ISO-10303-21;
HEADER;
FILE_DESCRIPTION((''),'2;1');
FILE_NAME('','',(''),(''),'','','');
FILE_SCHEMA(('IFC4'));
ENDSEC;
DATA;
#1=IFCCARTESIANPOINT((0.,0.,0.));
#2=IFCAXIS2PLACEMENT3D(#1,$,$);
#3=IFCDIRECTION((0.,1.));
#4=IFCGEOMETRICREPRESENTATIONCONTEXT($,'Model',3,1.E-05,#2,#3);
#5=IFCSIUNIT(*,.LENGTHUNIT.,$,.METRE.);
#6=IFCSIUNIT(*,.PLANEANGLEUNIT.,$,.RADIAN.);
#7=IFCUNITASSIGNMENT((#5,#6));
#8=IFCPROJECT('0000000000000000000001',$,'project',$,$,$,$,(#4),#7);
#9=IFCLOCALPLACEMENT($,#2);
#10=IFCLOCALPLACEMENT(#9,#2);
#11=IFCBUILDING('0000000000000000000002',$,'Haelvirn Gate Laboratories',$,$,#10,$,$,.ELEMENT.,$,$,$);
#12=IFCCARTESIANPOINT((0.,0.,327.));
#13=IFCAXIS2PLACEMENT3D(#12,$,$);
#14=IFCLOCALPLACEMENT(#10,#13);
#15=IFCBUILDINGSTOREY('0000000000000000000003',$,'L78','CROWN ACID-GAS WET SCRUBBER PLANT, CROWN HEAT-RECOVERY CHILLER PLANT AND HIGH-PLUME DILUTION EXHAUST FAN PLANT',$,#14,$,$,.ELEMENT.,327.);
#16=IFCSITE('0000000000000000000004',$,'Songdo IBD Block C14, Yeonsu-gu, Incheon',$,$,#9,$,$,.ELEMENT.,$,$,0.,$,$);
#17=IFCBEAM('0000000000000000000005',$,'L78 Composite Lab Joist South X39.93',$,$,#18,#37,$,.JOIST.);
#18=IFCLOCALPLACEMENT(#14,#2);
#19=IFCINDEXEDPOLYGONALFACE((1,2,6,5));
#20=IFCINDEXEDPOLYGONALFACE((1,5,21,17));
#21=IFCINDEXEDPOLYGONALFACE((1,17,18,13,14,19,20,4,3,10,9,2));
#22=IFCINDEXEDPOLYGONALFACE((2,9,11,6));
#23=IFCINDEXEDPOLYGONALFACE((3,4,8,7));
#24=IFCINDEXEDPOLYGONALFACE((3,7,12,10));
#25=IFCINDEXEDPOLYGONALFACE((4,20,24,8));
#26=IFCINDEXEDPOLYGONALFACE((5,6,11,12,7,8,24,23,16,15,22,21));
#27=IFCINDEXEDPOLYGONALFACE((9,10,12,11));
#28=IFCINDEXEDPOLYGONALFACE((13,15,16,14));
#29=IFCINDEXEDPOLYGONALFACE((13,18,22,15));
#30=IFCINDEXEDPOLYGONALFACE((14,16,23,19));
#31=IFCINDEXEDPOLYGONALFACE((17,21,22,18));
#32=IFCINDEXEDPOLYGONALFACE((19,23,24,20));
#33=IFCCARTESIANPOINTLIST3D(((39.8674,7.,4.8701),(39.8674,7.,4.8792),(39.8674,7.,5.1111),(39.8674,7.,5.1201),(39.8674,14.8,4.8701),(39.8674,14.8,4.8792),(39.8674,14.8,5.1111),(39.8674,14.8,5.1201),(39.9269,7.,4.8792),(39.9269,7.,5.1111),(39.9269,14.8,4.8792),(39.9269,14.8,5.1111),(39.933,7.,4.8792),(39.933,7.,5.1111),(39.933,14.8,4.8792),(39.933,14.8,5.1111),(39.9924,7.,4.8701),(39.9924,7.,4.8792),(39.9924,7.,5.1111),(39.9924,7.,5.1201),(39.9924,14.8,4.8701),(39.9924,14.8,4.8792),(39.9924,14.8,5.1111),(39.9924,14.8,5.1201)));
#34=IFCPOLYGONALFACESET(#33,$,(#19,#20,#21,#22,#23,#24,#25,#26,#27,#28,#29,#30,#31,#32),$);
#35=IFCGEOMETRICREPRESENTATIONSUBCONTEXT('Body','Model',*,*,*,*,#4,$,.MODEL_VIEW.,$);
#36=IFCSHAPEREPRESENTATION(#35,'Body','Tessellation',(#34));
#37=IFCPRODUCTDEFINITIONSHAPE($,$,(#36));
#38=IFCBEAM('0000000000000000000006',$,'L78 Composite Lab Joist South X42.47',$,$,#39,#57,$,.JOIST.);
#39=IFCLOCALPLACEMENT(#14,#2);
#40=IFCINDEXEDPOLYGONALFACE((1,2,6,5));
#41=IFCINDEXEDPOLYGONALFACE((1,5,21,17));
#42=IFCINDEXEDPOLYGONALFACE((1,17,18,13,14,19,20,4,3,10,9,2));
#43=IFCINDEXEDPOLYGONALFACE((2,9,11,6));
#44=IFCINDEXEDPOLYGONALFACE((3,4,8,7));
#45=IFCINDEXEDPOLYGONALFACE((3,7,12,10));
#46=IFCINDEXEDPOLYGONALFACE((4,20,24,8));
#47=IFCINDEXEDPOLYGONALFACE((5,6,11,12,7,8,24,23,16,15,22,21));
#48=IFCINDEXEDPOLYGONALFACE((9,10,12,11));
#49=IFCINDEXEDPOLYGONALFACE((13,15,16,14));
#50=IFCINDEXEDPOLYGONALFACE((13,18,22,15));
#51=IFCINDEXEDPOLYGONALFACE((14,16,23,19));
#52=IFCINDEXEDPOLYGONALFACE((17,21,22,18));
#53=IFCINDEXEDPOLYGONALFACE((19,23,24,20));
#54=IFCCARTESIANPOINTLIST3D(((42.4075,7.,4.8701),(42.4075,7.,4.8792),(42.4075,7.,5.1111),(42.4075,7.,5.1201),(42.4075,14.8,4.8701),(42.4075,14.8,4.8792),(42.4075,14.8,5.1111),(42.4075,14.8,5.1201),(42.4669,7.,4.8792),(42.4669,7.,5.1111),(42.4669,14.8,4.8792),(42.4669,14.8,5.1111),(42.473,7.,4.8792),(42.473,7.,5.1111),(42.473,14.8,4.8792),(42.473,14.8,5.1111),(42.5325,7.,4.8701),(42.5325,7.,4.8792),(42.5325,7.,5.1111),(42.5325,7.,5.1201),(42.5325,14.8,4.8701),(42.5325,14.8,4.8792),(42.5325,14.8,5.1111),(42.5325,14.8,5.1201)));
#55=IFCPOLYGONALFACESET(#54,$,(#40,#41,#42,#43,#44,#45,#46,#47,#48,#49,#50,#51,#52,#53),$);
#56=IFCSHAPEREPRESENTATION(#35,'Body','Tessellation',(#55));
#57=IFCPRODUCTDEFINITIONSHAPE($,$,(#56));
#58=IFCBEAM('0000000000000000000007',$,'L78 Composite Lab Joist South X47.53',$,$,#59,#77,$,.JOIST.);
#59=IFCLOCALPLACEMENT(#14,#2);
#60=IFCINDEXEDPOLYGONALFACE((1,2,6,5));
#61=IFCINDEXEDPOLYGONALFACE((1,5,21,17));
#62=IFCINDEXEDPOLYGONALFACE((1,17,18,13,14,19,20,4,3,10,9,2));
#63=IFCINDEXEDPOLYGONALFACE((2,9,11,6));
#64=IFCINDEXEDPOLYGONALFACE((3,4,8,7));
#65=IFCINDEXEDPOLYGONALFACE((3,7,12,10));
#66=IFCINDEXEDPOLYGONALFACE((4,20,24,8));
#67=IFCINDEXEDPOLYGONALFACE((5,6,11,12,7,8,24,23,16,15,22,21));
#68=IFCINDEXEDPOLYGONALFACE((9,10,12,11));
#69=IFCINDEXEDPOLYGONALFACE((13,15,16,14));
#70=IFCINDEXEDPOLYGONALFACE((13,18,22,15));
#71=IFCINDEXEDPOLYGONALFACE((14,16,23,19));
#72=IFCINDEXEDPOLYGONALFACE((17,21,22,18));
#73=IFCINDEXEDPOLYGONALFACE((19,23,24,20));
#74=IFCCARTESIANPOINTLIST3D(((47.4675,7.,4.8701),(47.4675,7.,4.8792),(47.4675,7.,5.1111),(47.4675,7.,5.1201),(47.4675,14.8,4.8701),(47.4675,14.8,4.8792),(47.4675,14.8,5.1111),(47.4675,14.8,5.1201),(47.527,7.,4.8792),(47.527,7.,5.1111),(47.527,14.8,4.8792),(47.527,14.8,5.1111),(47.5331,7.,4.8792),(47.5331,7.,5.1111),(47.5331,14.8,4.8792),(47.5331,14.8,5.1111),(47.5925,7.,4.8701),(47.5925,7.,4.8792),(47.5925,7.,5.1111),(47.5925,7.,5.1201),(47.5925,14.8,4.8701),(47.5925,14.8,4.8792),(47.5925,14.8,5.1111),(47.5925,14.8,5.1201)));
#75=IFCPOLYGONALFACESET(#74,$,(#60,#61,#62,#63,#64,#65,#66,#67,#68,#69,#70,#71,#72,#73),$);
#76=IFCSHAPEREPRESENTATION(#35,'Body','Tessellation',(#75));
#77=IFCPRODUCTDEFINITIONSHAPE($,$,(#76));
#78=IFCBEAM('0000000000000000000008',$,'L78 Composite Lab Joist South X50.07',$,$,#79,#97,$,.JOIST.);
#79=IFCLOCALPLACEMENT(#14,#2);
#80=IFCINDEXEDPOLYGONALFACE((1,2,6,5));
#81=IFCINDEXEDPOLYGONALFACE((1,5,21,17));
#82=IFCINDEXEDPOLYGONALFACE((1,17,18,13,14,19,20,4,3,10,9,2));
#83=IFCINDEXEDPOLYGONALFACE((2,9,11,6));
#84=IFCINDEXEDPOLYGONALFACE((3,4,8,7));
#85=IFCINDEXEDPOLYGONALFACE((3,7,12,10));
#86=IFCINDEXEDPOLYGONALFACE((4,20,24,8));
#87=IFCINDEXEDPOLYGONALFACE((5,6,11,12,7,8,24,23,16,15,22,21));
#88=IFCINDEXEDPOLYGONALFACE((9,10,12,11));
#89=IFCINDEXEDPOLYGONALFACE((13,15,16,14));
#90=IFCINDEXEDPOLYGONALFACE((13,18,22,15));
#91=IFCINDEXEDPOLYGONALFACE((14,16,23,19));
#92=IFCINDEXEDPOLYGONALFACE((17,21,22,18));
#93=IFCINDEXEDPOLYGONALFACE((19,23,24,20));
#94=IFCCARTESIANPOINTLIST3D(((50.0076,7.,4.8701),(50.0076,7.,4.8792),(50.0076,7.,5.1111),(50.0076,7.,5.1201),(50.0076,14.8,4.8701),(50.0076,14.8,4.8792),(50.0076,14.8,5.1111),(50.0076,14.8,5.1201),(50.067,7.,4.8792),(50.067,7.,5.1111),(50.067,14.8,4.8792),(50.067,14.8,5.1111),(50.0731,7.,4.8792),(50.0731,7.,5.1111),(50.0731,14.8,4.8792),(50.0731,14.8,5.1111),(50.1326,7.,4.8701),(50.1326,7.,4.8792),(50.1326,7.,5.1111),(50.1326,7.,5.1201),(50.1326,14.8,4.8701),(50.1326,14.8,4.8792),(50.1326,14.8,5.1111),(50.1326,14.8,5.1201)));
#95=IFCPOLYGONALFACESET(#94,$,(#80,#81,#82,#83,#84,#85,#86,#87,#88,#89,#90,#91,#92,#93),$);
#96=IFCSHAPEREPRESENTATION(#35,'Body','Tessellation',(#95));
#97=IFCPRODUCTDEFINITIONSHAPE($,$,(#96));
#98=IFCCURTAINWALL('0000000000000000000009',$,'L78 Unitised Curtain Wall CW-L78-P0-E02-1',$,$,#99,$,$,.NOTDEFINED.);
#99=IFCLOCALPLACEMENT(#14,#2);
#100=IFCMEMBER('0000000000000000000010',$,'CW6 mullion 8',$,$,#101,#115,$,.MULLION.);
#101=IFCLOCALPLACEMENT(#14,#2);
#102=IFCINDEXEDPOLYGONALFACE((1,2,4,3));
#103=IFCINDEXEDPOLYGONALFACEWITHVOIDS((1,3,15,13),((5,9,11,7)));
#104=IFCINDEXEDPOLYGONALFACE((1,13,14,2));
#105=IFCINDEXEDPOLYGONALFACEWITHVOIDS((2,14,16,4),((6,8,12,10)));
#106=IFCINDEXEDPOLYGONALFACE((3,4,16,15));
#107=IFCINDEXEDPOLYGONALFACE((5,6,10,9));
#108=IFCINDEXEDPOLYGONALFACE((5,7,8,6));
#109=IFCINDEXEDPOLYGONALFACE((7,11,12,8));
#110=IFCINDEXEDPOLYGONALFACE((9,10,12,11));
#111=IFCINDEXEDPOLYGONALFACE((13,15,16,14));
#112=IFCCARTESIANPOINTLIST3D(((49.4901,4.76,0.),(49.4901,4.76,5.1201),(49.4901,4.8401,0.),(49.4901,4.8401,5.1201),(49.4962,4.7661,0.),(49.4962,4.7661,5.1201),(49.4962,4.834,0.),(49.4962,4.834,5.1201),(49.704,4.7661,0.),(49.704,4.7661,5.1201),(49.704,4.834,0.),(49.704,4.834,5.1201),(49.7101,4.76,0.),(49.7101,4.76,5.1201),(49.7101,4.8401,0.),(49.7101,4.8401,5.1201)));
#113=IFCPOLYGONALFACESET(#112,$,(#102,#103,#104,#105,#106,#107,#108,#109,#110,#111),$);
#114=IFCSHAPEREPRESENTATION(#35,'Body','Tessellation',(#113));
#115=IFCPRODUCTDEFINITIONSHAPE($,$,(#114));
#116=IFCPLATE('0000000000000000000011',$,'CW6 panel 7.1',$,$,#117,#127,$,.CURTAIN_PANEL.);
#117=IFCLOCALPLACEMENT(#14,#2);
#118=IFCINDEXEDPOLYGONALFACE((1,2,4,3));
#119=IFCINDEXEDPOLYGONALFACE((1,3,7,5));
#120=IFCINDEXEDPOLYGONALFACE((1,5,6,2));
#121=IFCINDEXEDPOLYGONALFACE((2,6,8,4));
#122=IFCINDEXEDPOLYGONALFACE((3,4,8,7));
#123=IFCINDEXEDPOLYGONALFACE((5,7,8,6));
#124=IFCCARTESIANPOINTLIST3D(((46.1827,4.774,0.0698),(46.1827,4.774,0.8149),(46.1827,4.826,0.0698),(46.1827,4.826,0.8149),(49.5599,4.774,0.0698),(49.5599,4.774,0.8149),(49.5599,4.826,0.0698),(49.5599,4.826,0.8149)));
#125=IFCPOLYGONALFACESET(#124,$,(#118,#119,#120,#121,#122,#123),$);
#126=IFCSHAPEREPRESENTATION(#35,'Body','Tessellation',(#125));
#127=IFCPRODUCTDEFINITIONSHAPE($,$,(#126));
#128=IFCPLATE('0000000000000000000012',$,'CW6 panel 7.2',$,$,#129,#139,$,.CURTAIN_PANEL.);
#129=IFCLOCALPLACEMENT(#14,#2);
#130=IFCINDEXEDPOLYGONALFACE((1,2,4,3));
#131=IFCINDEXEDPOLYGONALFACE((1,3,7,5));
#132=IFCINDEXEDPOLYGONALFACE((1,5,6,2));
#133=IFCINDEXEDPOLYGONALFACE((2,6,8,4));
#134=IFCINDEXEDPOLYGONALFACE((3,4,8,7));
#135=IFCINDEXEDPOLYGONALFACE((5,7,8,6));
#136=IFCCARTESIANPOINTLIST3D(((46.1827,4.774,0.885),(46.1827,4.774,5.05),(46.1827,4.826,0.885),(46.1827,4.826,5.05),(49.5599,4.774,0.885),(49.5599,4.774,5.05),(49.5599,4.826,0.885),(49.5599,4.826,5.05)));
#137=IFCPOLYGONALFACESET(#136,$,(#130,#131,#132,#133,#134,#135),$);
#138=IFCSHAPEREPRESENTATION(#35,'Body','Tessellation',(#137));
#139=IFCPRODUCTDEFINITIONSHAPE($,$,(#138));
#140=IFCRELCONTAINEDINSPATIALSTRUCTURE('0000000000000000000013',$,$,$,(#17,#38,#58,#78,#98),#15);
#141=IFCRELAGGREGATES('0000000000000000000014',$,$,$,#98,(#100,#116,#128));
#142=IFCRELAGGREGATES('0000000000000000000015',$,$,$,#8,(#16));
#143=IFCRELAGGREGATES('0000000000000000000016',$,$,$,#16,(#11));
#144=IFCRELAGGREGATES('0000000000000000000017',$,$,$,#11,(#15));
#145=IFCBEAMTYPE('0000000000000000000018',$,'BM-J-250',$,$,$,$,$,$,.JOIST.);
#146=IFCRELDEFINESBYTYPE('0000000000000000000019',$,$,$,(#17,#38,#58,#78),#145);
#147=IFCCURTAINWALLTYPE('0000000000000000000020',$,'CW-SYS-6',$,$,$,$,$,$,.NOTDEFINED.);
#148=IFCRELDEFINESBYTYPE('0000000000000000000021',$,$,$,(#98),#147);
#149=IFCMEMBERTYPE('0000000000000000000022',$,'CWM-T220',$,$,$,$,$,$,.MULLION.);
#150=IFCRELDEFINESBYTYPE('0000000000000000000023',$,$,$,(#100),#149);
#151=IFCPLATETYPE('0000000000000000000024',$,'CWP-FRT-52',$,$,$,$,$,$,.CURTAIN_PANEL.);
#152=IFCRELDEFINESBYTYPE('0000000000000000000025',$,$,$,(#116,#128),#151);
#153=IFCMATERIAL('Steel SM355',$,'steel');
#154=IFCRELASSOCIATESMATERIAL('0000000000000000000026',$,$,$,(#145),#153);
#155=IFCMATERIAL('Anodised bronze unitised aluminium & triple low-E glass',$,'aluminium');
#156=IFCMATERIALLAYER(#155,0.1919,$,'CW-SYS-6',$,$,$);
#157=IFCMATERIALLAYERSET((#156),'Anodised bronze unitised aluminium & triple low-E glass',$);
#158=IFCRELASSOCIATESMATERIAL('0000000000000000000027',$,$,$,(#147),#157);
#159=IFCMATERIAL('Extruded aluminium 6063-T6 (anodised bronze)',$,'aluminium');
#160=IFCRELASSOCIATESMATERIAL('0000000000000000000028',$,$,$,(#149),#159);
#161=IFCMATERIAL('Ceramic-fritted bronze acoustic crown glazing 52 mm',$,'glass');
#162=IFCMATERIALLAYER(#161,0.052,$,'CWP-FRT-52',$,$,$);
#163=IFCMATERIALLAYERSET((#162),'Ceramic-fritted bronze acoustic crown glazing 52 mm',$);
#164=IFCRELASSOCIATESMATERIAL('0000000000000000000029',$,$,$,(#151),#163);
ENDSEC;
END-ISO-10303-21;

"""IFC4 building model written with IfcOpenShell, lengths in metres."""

from ifc_helpers import new_model, si_unit, direction, frame, origin, origin_2d, place, context, subcontext, project, spatial, rectangle, hollow_rectangle, i_section, extrude, source, transform, mapped, material, layer, layer_set, material_profile, profile_set, type_object, type_shapes, element, aggregate, save


model = new_model("IFC4")

# Units and contexts
model_context = context("Model", 3, precision=1e-05, world=origin(), true_north=direction((0.0, 1.0)))
body_context = subcontext(model_context, "Body", "Model", "MODEL_VIEW")
ifc_project = project(units=[si_unit("LENGTHUNIT", "METRE"), si_unit("PLANEANGLEUNIT", "RADIAN")], contexts=[model_context])

# Site, building, storey
site_placement = place(None, origin())
site = spatial("IfcSite", under=ifc_project, at=site_placement, Name="Songdo IBD Block C14, Yeonsu-gu, Incheon", CompositionType="ELEMENT", RefElevation=0.0)
building_placement = place(site_placement, origin())
building = spatial("IfcBuilding", under=site, at=building_placement, Name="Haelvirn Gate Laboratories", CompositionType="ELEMENT")
storey_placement = place(building_placement, frame((0.0, 0.0, 327.0)))
storey = spatial("IfcBuildingStorey", under=building, at=storey_placement, Name="L78", Description="CROWN ACID-GAS WET SCRUBBER PLANT, CROWN HEAT-RECOVERY CHILLER PLANT AND HIGH-PLUME DILUTION EXHAUST FAN PLANT", CompositionType="ELEMENT", Elevation=327.0)

# Shared definitions
ifc_material_1 = material(Name="Steel SM355", Category="steel")

# Beams
ifc_material_profile_1 = material_profile(ifc_material_1, i_section(OverallWidth=0.125, OverallDepth=0.25, WebThickness=0.0061, FlangeThickness=0.009, at=origin_2d()), Name="H-250x125x6x9")
ifc_profile_set_1 = profile_set([ifc_material_profile_1], Name="Steel SM355")
beam_type_1 = type_object("IfcBeamType", Name="BM-J-250", PredefinedType="JOIST", material=ifc_profile_set_1)
shared_shape_1 = source(origin(), body_context, "Body", "SweptSolid", [
    extrude(i_section(OverallWidth=0.125, OverallDepth=0.25, WebThickness=0.0061, FlangeThickness=0.009, at=origin_2d()), origin(), (0.0, 0.0, 1.0), 7.8),
])
type_shapes(beam_type_1, [shared_shape_1])
for number, where, z_axis, x_axis, name in (
    (1, (39.9299, 7.0, 4.9951), (0.0, 1.0, 0.0), (-1.0, 0.0, 0.0), "L78 Composite Lab Joist South X39.93"),
    (2, (42.47, 7.0, 4.9951), (0.0, 1.0, 0.0), (-1.0, 0.0, 0.0), "L78 Composite Lab Joist South X42.47"),
    (3, (47.53, 7.0, 4.9951), (0.0, 1.0, 0.0), (-1.0, 0.0, 0.0), "L78 Composite Lab Joist South X47.53"),
    (4, (50.0701, 7.0, 4.9951), (0.0, 1.0, 0.0), (-1.0, 0.0, 0.0), "L78 Composite Lab Joist South X50.07"),
):
    element("IfcBeam", number, at=place(storey_placement, frame(where, z_axis=z_axis, x_axis=x_axis)), inside=storey, type_object=beam_type_1, Name=name, PredefinedType="JOIST", context=body_context, shape_type="MappedRepresentation", body=[
        mapped(shared_shape_1, transform((0.0, 0.0, 0.0), scale=1.0)),
    ])

# Curtain wall, member, plates
ifc_material_2 = material(Name="Anodised bronze unitised aluminium & triple low-E glass", Category="aluminium")
ifc_layer_1 = layer(ifc_material_2, 0.1919, Name="CW-SYS-6")
ifc_layer_set_1 = layer_set([ifc_layer_1], Name="Anodised bronze unitised aluminium & triple low-E glass")
curtain_wall_type = type_object("IfcCurtainWallType", Name="CW-SYS-6", PredefinedType="NOTDEFINED", material=ifc_layer_set_1)
curtain_wall_placement = place(storey_placement, origin())
curtain_wall = element("IfcCurtainWall", 5, at=curtain_wall_placement, inside=storey, type_object=curtain_wall_type, Name="L78 Unitised Curtain Wall CW-L78-P0-E02-1", PredefinedType="NOTDEFINED")
ifc_material_3 = material(Name="Extruded aluminium 6063-T6 (anodised bronze)", Category="aluminium")
ifc_material_profile_2 = material_profile(ifc_material_3, hollow_rectangle(XDim=0.0801, YDim=0.22, WallThickness=0.0061, at=origin_2d()), Name="CWM-220x80x6")
ifc_profile_set_2 = profile_set([ifc_material_profile_2], Name="Extruded aluminium 6063-T6 (anodised bronze)")
member_type = type_object("IfcMemberType", Name="CWM-T220", PredefinedType="MULLION", material=ifc_profile_set_2)
shared_shape_2 = source(origin(), body_context, "Body", "SweptSolid", [
    extrude(hollow_rectangle(XDim=0.0801, YDim=0.22, WallThickness=0.0061, at=origin_2d()), origin(), (0.0, 0.0, 1.0), 5.1201),
])
type_shapes(member_type, [shared_shape_2])
member_placement = place(storey_placement, frame((49.6001, 4.8, 0.0), z_axis=(0.0, 0.0, 1.0), x_axis=(0.0, 1.0, 0.0)))
member = element("IfcMember", 6, at=member_placement, type_object=member_type, Name="CW6 mullion 8", PredefinedType="MULLION", context=body_context, shape_type="MappedRepresentation", body=[
    mapped(shared_shape_2, transform((0.0, 0.0, 0.0), scale=1.0)),
])
ifc_material_4 = material(Name="Ceramic-fritted bronze acoustic crown glazing 52 mm", Category="glass")
ifc_layer_2 = layer(ifc_material_4, 0.052, Name="CWP-FRT-52")
ifc_layer_set_2 = layer_set([ifc_layer_2], Name="Ceramic-fritted bronze acoustic crown glazing 52 mm")
plate_type = type_object("IfcPlateType", Name="CWP-FRT-52", PredefinedType="CURTAIN_PANEL", material=ifc_layer_set_2)
shared_shape_3 = source(origin(), body_context, "Body", "SweptSolid", [
    extrude(rectangle(XDim=3.3772, YDim=0.052, at=origin_2d()), origin(), (0.0, 0.0, 1.0), 0.7451),
])
plate_1_placement = place(storey_placement, frame((47.8713, 4.8, 0.0698), z_axis=(0.0, 0.0, 1.0), x_axis=(1.0, 0.0, 0.0)))
plate_1 = element("IfcPlate", 7, at=plate_1_placement, type_object=plate_type, Name="CW6 panel 7.1", PredefinedType="CURTAIN_PANEL", context=body_context, shape_type="MappedRepresentation", body=[
    mapped(shared_shape_3, transform((0.0, 0.0, 0.0), scale=1.0)),
])
shared_shape_4 = source(origin(), body_context, "Body", "SweptSolid", [
    extrude(rectangle(XDim=3.3772, YDim=0.052, at=origin_2d()), origin(), (0.0, 0.0, 1.0), 4.165),
])
type_shapes(plate_type, [shared_shape_3, shared_shape_4])
plate_2_placement = place(storey_placement, frame((47.8713, 4.8, 0.885), z_axis=(0.0, 0.0, 1.0), x_axis=(1.0, 0.0, 0.0)))
plate_2 = element("IfcPlate", 8, at=plate_2_placement, type_object=plate_type, Name="CW6 panel 7.2", PredefinedType="CURTAIN_PANEL", context=body_context, shape_type="MappedRepresentation", body=[
    mapped(shared_shape_4, transform((0.0, 0.0, 0.0), scale=1.0)),
])
aggregate(curtain_wall, [member, plate_1, plate_2])

save(model, "model.ifc")
